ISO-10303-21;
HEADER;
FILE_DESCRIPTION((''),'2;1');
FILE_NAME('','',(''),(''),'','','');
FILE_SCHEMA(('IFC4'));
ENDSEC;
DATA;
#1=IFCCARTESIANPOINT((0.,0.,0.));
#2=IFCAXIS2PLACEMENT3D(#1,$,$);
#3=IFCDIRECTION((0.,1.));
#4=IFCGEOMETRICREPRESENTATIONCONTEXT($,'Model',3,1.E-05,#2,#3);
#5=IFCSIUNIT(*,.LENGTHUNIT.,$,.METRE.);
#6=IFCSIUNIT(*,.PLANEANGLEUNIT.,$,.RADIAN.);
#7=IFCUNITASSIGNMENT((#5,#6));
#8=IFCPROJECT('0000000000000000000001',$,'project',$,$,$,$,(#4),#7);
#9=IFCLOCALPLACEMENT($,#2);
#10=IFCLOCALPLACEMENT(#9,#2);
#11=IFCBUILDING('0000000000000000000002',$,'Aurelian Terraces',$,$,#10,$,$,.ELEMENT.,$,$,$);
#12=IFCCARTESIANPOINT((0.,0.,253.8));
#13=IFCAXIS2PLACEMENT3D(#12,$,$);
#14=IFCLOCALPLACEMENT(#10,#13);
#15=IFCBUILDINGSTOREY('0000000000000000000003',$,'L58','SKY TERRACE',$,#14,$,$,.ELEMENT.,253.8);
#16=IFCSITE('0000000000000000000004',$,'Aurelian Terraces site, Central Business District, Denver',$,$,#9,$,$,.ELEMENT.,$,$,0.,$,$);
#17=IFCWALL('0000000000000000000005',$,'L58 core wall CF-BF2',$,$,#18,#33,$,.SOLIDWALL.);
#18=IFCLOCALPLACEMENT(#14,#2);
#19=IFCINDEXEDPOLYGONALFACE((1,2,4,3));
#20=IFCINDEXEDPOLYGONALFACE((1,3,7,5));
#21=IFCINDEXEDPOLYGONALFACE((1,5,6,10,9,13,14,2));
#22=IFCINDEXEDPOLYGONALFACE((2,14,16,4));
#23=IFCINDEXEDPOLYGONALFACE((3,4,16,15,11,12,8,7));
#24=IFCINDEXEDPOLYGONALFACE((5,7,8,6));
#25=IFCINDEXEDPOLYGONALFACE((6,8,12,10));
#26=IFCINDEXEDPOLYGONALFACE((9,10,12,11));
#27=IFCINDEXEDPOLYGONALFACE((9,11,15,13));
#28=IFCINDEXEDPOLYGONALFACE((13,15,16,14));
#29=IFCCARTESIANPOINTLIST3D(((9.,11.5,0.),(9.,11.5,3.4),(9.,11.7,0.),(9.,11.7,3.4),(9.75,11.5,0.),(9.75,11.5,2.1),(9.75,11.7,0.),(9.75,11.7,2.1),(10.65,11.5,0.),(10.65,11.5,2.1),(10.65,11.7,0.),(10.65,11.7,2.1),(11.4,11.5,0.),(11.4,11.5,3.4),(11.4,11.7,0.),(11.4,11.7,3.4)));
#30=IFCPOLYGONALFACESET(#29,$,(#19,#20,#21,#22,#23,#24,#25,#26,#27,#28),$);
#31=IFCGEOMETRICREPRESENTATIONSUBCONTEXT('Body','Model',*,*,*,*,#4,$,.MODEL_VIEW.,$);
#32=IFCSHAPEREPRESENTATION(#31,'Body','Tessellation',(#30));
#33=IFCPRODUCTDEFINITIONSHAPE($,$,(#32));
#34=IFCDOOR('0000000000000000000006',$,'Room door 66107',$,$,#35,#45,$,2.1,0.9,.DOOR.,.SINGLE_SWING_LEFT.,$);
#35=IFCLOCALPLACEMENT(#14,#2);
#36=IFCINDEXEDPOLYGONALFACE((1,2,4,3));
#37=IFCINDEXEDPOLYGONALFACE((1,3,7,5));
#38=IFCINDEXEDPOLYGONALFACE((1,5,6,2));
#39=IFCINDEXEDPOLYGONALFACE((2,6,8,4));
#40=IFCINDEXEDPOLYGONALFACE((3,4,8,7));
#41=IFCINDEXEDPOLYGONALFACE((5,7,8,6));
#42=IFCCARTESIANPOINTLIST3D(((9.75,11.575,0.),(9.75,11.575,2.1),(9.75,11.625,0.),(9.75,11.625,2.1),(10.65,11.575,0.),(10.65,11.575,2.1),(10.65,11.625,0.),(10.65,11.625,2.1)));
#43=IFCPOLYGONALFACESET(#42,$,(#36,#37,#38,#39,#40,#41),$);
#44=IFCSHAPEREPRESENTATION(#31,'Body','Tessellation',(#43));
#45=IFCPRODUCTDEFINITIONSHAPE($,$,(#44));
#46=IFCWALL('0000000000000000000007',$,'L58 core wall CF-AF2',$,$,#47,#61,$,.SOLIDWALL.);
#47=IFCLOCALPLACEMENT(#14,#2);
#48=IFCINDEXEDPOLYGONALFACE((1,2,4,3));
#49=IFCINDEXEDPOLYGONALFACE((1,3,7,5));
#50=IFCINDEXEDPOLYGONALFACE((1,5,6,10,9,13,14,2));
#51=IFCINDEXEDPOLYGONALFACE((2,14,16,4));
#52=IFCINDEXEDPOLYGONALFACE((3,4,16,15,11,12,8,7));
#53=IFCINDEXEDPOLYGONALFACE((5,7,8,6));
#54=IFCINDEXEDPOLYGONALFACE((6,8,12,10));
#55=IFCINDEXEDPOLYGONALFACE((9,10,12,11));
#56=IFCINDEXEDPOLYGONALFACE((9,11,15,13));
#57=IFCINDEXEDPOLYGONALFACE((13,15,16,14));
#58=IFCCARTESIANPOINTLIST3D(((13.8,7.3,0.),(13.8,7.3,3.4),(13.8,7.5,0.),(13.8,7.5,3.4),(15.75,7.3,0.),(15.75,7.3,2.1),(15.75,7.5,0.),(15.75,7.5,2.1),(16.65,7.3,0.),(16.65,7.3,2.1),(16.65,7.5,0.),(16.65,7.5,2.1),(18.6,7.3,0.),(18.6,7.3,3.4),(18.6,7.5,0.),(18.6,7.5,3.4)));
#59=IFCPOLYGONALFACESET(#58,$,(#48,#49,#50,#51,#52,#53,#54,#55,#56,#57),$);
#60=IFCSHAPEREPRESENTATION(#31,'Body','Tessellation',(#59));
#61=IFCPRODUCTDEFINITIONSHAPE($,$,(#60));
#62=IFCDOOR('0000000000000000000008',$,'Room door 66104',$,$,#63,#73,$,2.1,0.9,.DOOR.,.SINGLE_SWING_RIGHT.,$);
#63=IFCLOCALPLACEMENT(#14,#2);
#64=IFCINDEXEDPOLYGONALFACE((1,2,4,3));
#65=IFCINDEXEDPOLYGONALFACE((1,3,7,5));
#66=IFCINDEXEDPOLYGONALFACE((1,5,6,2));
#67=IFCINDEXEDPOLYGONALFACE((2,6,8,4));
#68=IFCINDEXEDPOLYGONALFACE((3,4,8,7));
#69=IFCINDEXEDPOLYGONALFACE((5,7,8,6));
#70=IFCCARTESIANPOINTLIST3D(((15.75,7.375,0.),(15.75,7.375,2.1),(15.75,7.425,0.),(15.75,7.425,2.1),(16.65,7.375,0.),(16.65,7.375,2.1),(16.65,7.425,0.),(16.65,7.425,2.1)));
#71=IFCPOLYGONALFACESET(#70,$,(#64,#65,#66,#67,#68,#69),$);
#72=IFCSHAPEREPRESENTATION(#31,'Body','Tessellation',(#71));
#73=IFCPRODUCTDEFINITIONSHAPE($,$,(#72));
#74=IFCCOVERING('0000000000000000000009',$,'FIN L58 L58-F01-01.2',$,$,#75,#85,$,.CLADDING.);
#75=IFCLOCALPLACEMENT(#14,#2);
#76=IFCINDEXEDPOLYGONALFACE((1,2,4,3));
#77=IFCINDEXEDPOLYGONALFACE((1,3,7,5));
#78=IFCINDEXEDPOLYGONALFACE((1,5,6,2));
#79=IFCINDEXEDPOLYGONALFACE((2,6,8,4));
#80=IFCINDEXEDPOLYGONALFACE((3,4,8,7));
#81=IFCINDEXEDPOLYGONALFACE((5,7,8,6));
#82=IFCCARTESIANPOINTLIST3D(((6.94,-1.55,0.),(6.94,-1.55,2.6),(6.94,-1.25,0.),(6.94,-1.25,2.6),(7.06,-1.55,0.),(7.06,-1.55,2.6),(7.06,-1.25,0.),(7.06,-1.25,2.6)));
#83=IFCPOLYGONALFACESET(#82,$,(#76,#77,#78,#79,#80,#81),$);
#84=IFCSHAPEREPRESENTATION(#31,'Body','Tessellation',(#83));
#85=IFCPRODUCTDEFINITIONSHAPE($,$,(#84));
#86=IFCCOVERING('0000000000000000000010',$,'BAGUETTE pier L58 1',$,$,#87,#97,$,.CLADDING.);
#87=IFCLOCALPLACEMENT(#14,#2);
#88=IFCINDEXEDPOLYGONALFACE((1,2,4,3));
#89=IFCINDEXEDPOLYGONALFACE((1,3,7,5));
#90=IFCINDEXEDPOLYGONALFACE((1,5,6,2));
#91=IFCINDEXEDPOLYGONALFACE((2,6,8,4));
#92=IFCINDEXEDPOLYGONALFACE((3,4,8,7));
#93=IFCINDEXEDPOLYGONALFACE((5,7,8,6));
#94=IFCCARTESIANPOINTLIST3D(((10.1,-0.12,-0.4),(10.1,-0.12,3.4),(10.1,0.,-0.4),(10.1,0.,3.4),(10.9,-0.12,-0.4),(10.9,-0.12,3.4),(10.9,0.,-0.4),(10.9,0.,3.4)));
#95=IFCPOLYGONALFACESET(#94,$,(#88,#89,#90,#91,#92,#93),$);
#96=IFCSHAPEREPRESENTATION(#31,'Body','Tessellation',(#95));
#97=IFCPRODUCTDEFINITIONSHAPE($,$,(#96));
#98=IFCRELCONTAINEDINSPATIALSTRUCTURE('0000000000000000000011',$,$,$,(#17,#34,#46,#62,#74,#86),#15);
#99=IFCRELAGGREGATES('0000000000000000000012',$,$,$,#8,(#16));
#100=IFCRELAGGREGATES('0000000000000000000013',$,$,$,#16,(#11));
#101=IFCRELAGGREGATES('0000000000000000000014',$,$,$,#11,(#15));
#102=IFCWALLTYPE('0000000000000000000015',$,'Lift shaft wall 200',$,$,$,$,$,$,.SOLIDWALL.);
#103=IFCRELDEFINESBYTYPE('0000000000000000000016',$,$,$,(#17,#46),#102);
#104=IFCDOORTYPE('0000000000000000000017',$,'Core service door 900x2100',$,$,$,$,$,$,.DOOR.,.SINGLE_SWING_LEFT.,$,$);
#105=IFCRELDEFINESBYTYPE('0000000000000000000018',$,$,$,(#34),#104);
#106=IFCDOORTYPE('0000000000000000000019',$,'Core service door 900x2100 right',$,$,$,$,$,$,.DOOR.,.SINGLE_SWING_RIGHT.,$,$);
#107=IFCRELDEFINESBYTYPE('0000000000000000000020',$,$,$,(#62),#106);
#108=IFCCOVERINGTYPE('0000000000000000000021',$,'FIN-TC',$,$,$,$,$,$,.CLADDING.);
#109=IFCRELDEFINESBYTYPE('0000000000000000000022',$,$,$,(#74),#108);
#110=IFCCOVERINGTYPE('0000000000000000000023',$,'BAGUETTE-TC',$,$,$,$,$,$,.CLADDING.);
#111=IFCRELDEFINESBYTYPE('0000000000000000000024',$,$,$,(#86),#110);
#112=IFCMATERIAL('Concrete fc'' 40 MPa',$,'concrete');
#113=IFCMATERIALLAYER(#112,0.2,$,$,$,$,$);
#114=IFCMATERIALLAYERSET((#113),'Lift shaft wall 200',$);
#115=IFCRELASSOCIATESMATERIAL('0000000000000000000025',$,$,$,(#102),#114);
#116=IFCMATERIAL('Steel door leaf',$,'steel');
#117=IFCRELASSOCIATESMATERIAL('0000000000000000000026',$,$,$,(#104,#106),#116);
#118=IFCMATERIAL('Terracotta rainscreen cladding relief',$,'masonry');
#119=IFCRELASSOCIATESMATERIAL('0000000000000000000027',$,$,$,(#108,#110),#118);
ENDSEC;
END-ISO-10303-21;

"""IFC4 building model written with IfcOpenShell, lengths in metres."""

from ifc_helpers import new_model, si_unit, direction, frame, frame_2d, origin, origin_2d, place, context, subcontext, project, spatial, rectangle, extrude, source, transform, mapped, material, layer, layer_set, type_object, element, fill, save


model = new_model("IFC4")

# Units and contexts
model_context = context("Model", 3, precision=1e-05, world=origin(), true_north=direction((0.0, 1.0)))
body_context = subcontext(model_context, "Body", "Model", "MODEL_VIEW")
ifc_project = project(units=[si_unit("LENGTHUNIT", "METRE"), si_unit("PLANEANGLEUNIT", "RADIAN")], contexts=[model_context])

# Site, building, storey
site_placement = place(None, origin())
site = spatial("IfcSite", under=ifc_project, at=site_placement, Name="Aurelian Terraces site, Central Business District, Denver", CompositionType="ELEMENT", RefElevation=0.0)
building_placement = place(site_placement, origin())
building = spatial("IfcBuilding", under=site, at=building_placement, Name="Aurelian Terraces", CompositionType="ELEMENT")
storey_placement = place(building_placement, frame((0.0, 0.0, 253.8)))
storey = spatial("IfcBuildingStorey", under=building, at=storey_placement, Name="L58", Description="SKY TERRACE", CompositionType="ELEMENT", Elevation=253.8)

# Shared definitions
ifc_material_1 = material(Name="Concrete fc' 40 MPa", Category="concrete")

# Shared definitions
ifc_layer_1 = layer(ifc_material_1, 0.2)
ifc_layer_set_1 = layer_set([ifc_layer_1], Name="Lift shaft wall 200")
wall_type_1 = type_object("IfcWallType", Name="Lift shaft wall 200", PredefinedType="SOLIDWALL", material=ifc_layer_set_1)

# Walls, openings, doors
shared_shape_1 = source(origin(), body_context, "Body", "SweptSolid", [
    extrude(rectangle(XDim=2.4, YDim=0.2, at=frame_2d((1.2, 0.0))), origin(), (0.0, 0.0, 1.0), 3.4),
])
wall_1_placement = place(storey_placement, frame((9.0, 11.6, 0.0), z_axis=(0.0, 0.0, 1.0), x_axis=(1.0, 0.0, 0.0)))
wall_1 = element("IfcWall", 1, at=wall_1_placement, inside=storey, type_object=wall_type_1, Name="L58 core wall CF-BF2", PredefinedType="SOLIDWALL", context=body_context, shape_type="MappedRepresentation", body=[
    mapped(shared_shape_1, transform((0.0, 0.0, 0.0), scale=1.0)),
])
shared_shape_2 = source(origin(), body_context, "Body", "SweptSolid", [
    extrude(rectangle(XDim=0.9, YDim=2.1, at=frame_2d((0.45, 1.05))), frame((0.0, 0.11, 0.0), z_axis=(0.0, -1.0, 0.0), x_axis=(1.0, 0.0, 0.0)), (0.0, 0.0, 1.0), 0.22),
])
opening_1_placement = place(wall_1_placement, frame((0.75, 0.0, 0.0)))
opening_1 = element("IfcOpeningElement", 2, at=opening_1_placement, cuts=wall_1, PredefinedType="OPENING", context=body_context, shape_type="MappedRepresentation", body=[
    mapped(shared_shape_2, transform((0.0, 0.0, 0.0), scale=1.0)),
])
ifc_material_2 = material(Name="Steel door leaf", Category="steel")
door_type_1 = type_object("IfcDoorType", Name="Core service door 900x2100", OperationType="SINGLE_SWING_LEFT", PredefinedType="DOOR", material=ifc_material_2)
shared_shape_3 = source(origin(), body_context, "Body", "SweptSolid", [
    extrude(rectangle(XDim=0.9, YDim=2.1, at=frame_2d((0.45, 1.05))), frame((0.0, 0.025, 0.0), z_axis=(0.0, -1.0, 0.0), x_axis=(1.0, 0.0, 0.0)), (0.0, 0.0, 1.0), 0.05),
])
door_1_placement = place(opening_1_placement, origin())
door_1 = element("IfcDoor", 3, at=door_1_placement, inside=storey, type_object=door_type_1, Name="Room door 66107", OperationType="SINGLE_SWING_LEFT", OverallHeight=2.1, OverallWidth=0.9, PredefinedType="DOOR", context=body_context, shape_type="MappedRepresentation", body=[
    mapped(shared_shape_3, transform((0.0, 0.0, 0.0), scale=1.0)),
])
fill(opening_1, door_1)
shared_shape_4 = source(origin(), body_context, "Body", "SweptSolid", [
    extrude(rectangle(XDim=4.8, YDim=0.2, at=frame_2d((2.4, 0.0))), origin(), (0.0, 0.0, 1.0), 3.4),
])
wall_2_placement = place(storey_placement, frame((13.8, 7.4, 0.0), z_axis=(0.0, 0.0, 1.0), x_axis=(1.0, 0.0, 0.0)))
wall_2 = element("IfcWall", 4, at=wall_2_placement, inside=storey, type_object=wall_type_1, Name="L58 core wall CF-AF2", PredefinedType="SOLIDWALL", context=body_context, shape_type="MappedRepresentation", body=[
    mapped(shared_shape_4, transform((0.0, 0.0, 0.0), scale=1.0)),
])
opening_2_placement = place(wall_2_placement, frame((1.95, 0.0, 0.0)))
opening_2 = element("IfcOpeningElement", 5, at=opening_2_placement, cuts=wall_2, PredefinedType="OPENING", context=body_context, shape_type="MappedRepresentation", body=[
    mapped(shared_shape_2, transform((0.0, 0.0, 0.0), scale=1.0)),
])
door_type_2 = type_object("IfcDoorType", Name="Core service door 900x2100 right", OperationType="SINGLE_SWING_RIGHT", PredefinedType="DOOR", material=ifc_material_2)
door_2_placement = place(opening_2_placement, origin())
door_2 = element("IfcDoor", 6, at=door_2_placement, inside=storey, type_object=door_type_2, Name="Room door 66104", OperationType="SINGLE_SWING_RIGHT", OverallHeight=2.1, OverallWidth=0.9, PredefinedType="DOOR", context=body_context, shape_type="MappedRepresentation", body=[
    mapped(shared_shape_3, transform((0.0, 0.0, 0.0), scale=1.0)),
])
fill(opening_2, door_2)

# Coverings
ifc_material_3 = material(Name="Terracotta rainscreen cladding relief", Category="masonry")
covering_type_1 = type_object("IfcCoveringType", Name="FIN-TC", PredefinedType="CLADDING", material=ifc_material_3)
shared_shape_5 = source(origin(), body_context, "Body", "SweptSolid", [
    extrude(rectangle(XDim=0.12, YDim=0.3, at=origin_2d()), origin(), (0.0, 0.0, 1.0), 2.6),
])
covering_1_placement = place(storey_placement, frame((7.0, -1.4, 0.0), z_axis=(0.0, 0.0, 1.0), x_axis=(1.0, 0.0, 0.0)))
element("IfcCovering", 7, at=covering_1_placement, inside=storey, type_object=covering_type_1, Name="FIN L58 L58-F01-01.2", PredefinedType="CLADDING", context=body_context, shape_type="MappedRepresentation", body=[
    mapped(shared_shape_5, transform((0.0, 0.0, 0.0), scale=1.0)),
])
covering_type_2 = type_object("IfcCoveringType", Name="BAGUETTE-TC", PredefinedType="CLADDING", material=ifc_material_3)
shared_shape_6 = source(origin(), body_context, "Body", "SweptSolid", [
    extrude(rectangle(XDim=0.8, YDim=0.12, at=origin_2d()), origin(), (0.0, 0.0, 1.0), 3.8),
])
covering_2_placement = place(storey_placement, frame((10.5, -0.06, -0.4), z_axis=(0.0, 0.0, 1.0), x_axis=(1.0, 0.0, 0.0)))
element("IfcCovering", 8, at=covering_2_placement, inside=storey, type_object=covering_type_2, Name="BAGUETTE pier L58 1", PredefinedType="CLADDING", context=body_context, shape_type="MappedRepresentation", body=[
    mapped(shared_shape_6, transform((0.0, 0.0, 0.0), scale=1.0)),
])

save(model, "model.ifc")
